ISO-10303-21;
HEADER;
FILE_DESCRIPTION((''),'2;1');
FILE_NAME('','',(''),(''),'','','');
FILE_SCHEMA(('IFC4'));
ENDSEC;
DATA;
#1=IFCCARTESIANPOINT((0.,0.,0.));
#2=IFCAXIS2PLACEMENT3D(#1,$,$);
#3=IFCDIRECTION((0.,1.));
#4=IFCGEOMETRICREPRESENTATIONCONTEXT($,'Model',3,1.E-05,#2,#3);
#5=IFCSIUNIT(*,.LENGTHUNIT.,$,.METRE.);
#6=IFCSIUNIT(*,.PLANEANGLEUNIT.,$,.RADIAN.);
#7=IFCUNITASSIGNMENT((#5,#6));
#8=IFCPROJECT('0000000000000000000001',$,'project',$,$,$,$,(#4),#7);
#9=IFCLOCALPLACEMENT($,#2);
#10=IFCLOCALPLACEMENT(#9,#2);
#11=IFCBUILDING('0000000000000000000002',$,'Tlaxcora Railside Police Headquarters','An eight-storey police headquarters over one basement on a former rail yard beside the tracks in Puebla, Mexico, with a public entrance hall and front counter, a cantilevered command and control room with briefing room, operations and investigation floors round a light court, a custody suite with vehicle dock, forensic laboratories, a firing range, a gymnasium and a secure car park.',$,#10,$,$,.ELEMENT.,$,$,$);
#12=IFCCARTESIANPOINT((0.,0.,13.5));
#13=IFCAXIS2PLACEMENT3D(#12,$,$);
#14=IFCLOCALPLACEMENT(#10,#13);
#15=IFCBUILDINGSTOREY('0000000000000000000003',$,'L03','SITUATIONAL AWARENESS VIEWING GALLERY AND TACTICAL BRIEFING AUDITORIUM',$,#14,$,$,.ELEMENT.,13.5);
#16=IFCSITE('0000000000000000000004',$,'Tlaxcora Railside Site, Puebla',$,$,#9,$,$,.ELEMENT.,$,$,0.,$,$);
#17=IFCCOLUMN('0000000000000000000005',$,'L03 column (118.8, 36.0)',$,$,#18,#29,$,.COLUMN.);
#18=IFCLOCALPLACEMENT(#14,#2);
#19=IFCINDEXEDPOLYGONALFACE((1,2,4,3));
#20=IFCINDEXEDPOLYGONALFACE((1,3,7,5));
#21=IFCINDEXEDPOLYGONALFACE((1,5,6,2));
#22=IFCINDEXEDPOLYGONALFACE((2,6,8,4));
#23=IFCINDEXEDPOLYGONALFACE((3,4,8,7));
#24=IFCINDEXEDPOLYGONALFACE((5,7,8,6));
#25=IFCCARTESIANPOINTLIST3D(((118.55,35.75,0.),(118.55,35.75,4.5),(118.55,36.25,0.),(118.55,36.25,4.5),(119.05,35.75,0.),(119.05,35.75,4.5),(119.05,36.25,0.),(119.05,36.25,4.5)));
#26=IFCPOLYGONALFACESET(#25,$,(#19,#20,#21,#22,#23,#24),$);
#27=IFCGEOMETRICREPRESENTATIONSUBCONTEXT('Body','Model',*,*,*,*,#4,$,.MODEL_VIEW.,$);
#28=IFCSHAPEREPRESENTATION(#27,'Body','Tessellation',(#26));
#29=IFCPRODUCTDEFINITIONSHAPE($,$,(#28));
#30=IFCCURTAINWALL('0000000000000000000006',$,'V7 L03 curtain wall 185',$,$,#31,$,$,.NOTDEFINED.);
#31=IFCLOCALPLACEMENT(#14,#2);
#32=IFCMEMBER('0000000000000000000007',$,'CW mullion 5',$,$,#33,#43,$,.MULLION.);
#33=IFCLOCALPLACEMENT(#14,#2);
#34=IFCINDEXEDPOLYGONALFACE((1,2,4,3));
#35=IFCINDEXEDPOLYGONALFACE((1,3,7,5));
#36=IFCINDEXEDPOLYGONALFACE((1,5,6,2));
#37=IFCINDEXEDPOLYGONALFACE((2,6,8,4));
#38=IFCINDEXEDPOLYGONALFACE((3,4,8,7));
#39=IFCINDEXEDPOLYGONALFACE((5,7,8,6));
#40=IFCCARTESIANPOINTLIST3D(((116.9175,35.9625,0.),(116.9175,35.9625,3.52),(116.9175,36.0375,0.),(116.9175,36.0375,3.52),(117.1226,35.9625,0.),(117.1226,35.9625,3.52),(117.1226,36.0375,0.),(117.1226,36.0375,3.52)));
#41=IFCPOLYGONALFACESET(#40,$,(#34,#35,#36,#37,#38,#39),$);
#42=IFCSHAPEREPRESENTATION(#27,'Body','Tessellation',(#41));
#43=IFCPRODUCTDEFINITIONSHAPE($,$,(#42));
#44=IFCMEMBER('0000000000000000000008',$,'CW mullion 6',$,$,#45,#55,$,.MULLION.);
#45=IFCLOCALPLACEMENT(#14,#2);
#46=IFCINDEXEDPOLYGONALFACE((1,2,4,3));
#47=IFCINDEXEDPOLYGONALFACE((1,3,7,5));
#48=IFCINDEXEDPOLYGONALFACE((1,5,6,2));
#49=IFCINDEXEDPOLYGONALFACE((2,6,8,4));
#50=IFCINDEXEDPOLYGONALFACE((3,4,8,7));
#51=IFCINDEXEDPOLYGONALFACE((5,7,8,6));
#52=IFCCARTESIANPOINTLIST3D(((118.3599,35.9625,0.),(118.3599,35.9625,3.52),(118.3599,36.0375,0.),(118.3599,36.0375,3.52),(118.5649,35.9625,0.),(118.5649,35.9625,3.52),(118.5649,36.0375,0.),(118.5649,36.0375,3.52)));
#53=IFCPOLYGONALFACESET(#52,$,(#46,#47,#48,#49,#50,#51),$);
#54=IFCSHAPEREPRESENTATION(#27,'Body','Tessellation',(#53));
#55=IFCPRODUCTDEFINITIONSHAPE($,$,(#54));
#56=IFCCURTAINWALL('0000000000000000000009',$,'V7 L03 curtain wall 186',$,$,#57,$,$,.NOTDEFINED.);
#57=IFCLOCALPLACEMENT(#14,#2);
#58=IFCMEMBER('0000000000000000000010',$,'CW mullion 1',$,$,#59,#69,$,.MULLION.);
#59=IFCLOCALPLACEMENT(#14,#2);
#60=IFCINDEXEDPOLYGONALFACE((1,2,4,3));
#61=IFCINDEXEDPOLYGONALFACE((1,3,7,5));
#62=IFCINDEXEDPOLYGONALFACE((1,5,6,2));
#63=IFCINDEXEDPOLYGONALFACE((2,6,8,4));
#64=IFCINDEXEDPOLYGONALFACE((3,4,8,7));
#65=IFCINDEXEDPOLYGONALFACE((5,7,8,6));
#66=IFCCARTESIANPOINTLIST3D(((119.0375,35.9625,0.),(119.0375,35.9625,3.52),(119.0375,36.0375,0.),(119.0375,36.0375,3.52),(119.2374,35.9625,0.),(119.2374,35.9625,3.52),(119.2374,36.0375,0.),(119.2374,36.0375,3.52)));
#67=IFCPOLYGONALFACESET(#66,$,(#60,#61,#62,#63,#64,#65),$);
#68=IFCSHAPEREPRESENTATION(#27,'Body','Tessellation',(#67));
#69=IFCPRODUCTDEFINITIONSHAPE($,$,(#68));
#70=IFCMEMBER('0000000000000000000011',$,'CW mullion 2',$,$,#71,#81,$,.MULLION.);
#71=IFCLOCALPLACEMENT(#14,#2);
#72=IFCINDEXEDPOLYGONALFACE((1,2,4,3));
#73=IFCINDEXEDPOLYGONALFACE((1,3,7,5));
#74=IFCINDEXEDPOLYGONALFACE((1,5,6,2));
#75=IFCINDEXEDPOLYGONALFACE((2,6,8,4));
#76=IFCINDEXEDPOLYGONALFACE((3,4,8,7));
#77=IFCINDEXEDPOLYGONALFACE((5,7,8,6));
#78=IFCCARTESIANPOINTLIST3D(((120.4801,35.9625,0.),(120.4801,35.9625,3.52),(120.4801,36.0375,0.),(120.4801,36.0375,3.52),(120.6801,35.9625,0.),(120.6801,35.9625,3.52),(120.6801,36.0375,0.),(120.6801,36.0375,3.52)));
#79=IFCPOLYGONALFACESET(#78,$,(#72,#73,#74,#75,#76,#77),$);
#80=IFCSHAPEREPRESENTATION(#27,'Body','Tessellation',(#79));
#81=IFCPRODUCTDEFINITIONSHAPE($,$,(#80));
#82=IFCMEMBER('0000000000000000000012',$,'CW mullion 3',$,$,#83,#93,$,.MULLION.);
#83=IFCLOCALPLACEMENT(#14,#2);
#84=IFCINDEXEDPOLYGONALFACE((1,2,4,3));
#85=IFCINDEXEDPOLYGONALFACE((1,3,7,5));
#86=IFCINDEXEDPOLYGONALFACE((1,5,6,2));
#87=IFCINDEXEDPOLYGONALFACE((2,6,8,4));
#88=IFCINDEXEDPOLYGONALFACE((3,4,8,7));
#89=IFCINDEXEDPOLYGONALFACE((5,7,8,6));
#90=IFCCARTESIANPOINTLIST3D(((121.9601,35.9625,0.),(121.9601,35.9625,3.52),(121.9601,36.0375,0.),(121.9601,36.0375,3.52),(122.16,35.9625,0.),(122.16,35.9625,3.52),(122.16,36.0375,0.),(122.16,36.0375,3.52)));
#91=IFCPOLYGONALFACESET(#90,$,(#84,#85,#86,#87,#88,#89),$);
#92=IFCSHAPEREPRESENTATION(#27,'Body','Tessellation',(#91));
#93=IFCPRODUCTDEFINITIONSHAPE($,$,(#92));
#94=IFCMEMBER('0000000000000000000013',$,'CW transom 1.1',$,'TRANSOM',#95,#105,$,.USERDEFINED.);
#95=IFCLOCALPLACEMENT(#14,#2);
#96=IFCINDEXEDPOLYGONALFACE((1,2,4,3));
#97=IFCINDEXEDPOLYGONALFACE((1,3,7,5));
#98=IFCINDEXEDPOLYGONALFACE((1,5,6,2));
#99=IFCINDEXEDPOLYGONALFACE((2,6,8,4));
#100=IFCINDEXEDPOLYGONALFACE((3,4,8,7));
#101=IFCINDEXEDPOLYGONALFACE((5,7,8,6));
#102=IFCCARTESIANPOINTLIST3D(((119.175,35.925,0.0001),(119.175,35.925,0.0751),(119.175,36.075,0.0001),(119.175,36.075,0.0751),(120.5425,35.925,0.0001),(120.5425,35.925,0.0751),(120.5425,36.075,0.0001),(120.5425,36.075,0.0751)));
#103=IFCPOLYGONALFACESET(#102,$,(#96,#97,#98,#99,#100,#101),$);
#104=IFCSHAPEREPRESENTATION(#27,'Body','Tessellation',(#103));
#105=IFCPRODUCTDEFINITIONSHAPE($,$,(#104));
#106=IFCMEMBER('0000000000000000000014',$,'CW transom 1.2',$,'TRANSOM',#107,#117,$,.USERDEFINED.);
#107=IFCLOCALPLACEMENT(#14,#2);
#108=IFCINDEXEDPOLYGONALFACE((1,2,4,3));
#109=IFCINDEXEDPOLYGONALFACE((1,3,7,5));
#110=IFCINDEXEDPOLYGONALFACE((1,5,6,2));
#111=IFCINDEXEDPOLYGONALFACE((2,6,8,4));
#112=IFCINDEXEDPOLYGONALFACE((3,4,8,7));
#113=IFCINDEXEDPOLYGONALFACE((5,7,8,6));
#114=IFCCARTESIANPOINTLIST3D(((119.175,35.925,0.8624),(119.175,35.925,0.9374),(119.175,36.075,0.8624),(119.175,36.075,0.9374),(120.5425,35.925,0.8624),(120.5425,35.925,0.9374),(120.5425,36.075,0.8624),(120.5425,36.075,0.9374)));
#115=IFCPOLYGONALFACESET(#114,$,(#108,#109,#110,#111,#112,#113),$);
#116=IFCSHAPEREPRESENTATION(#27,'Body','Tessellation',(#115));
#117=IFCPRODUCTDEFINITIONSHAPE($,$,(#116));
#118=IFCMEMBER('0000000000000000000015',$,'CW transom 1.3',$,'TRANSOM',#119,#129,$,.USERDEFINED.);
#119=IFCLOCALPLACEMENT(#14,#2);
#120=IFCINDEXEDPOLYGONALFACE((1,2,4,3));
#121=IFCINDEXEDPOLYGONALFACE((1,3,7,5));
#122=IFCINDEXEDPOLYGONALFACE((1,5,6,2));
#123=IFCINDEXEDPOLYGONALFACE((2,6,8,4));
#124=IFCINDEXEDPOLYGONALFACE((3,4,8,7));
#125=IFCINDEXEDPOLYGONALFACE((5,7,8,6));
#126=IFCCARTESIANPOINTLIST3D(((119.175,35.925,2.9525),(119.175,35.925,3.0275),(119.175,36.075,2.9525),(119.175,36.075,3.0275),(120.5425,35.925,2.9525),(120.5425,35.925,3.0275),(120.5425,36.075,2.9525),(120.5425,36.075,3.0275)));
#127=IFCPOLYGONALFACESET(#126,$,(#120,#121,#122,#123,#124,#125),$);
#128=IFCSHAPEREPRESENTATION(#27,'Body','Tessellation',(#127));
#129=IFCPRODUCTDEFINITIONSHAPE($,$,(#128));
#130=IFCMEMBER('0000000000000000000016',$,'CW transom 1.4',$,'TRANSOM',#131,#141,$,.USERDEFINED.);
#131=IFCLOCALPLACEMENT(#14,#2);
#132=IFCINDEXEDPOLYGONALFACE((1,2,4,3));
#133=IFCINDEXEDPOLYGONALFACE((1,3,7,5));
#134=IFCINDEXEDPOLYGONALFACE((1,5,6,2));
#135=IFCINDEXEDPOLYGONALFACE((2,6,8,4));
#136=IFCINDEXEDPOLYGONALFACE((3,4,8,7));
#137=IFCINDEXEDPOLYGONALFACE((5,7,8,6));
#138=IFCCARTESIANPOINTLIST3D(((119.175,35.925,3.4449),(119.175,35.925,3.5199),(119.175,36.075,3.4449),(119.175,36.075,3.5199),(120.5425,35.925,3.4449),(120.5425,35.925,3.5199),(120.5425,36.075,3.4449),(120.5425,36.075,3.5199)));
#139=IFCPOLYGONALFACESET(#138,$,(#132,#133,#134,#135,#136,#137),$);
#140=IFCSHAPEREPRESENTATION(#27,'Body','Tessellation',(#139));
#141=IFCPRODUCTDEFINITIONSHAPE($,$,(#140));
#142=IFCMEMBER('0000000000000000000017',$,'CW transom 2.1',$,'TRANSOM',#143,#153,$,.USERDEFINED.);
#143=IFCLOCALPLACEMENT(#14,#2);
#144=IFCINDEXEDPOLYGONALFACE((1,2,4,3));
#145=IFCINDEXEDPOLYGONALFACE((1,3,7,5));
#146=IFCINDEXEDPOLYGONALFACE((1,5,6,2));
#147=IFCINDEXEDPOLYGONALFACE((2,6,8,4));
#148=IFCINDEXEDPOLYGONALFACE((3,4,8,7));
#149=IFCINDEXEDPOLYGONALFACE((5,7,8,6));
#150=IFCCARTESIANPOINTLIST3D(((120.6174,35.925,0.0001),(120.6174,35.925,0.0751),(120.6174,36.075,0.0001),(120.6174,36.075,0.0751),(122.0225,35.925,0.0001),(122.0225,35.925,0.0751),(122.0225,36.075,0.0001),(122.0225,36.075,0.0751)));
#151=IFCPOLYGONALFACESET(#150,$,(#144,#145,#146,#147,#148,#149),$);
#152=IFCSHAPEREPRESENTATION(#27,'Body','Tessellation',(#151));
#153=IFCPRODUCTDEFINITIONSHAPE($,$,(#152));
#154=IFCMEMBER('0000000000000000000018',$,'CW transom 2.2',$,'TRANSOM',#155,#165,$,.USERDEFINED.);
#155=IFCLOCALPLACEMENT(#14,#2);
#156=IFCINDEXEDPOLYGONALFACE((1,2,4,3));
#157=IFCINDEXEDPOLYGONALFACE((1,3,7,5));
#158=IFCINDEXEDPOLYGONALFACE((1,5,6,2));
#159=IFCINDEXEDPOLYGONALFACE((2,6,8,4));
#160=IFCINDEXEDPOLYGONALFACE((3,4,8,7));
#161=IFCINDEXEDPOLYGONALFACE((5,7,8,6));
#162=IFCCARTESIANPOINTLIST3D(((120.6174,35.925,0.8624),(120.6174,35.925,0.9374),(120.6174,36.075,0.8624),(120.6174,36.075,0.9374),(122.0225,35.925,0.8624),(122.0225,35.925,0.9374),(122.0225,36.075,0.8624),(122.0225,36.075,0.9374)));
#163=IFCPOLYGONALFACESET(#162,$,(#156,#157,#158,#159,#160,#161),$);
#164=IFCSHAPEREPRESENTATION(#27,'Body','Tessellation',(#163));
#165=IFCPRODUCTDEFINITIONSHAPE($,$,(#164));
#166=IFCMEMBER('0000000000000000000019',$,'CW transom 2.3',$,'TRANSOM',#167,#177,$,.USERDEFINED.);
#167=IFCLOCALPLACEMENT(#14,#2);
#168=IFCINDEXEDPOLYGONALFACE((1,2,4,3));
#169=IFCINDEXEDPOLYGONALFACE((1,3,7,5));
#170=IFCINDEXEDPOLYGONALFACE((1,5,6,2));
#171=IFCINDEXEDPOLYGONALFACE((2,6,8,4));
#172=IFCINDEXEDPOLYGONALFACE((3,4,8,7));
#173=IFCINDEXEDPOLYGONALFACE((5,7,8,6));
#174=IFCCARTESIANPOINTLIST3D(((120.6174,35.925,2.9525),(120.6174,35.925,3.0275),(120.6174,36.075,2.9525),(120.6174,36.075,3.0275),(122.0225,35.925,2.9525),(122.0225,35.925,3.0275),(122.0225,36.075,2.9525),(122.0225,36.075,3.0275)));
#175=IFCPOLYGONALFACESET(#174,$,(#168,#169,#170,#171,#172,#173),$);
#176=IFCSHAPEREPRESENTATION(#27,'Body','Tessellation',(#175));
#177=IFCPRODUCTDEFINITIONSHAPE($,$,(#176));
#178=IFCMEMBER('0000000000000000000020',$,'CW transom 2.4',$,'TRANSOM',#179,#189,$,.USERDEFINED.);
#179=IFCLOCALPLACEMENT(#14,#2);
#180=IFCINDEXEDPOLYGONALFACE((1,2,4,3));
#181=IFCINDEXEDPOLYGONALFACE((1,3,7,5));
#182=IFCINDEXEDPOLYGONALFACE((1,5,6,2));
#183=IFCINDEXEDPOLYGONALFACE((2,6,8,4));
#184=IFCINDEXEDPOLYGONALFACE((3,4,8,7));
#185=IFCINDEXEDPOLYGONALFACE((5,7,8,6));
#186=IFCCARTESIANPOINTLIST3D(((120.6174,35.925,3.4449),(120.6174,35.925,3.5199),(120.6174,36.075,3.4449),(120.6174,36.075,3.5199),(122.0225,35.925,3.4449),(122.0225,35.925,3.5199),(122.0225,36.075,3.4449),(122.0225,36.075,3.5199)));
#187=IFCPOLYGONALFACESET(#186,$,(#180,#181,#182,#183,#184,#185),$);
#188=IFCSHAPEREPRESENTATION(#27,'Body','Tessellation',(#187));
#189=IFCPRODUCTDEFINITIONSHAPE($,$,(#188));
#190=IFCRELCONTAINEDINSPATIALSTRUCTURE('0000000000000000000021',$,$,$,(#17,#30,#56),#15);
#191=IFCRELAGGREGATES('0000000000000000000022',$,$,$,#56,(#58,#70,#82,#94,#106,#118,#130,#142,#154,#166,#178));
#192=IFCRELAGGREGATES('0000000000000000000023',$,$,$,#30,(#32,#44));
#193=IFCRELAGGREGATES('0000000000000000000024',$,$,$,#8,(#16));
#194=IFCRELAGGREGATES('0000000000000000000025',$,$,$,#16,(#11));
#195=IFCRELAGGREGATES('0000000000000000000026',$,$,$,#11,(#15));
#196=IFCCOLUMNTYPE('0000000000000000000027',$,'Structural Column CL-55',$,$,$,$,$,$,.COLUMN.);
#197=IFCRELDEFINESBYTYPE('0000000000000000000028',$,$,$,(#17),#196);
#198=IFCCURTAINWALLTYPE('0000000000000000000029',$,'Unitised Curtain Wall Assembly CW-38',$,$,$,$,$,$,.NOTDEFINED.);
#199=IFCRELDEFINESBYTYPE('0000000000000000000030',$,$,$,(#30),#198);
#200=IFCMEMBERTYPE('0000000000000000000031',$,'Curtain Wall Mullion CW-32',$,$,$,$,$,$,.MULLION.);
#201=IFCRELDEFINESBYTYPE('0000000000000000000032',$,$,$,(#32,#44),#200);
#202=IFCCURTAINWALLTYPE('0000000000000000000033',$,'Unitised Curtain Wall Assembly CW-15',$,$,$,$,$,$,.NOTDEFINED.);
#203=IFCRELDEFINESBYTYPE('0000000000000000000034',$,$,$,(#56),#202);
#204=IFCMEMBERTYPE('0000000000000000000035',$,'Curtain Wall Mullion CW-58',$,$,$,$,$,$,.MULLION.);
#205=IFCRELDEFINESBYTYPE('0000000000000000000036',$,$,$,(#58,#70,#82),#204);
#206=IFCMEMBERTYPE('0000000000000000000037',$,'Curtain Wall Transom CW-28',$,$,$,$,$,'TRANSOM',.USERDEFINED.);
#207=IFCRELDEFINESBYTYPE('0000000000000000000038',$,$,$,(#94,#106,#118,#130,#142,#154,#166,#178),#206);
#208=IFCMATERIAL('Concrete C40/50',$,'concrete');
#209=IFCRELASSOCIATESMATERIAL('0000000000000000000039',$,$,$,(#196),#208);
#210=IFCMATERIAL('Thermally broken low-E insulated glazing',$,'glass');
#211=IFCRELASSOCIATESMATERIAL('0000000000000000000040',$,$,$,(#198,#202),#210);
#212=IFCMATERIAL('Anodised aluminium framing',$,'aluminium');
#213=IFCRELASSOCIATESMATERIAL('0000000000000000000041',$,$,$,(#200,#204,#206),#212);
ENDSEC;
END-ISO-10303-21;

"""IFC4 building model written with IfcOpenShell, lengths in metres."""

from ifc_helpers import new_model, si_unit, direction, frame, origin, origin_2d, place, context, subcontext, project, spatial, rectangle, extrude, material, material_profile, profile_set, type_object, element, aggregate, save


model = new_model("IFC4")

# Units and contexts
model_context = context("Model", 3, precision=1e-05, world=origin(), true_north=direction((0.0, 1.0)))
body_context = subcontext(model_context, "Body", "Model", "MODEL_VIEW")
ifc_project = project(units=[si_unit("LENGTHUNIT", "METRE"), si_unit("PLANEANGLEUNIT", "RADIAN")], contexts=[model_context])

# Site, building, storey
site_placement = place(None, origin())
site = spatial("IfcSite", under=ifc_project, at=site_placement, Name="Tlaxcora Railside Site, Puebla", CompositionType="ELEMENT", RefElevation=0.0)
building_placement = place(site_placement, origin())
building = spatial("IfcBuilding", under=site, at=building_placement, Name="Tlaxcora Railside Police Headquarters", Description="An eight-storey police headquarters over one basement on a former rail yard beside the tracks in Puebla, Mexico, with a public entrance hall and front counter, a cantilevered command and control room with briefing room, operations and investigation floors round a light court, a custody suite with vehicle dock, forensic laboratories, a firing range, a gymnasium and a secure car park.", CompositionType="ELEMENT")
storey_placement = place(building_placement, frame((0.0, 0.0, 13.5)))
storey = spatial("IfcBuildingStorey", under=building, at=storey_placement, Name="L03", Description="SITUATIONAL AWARENESS VIEWING GALLERY AND TACTICAL BRIEFING AUDITORIUM", CompositionType="ELEMENT", Elevation=13.5)

# Column
ifc_material_1 = material(Name="Concrete C40/50", Category="concrete")
ifc_material_profile_1 = material_profile(ifc_material_1, rectangle(XDim=0.5, YDim=0.5, at=origin_2d()), Name="RC500X500")
ifc_profile_set_1 = profile_set([ifc_material_profile_1], Name="Concrete C40/50")
column_type = type_object("IfcColumnType", Name="Structural Column CL-55", PredefinedType="COLUMN", material=ifc_profile_set_1)
column_placement = place(storey_placement, frame((118.8, 36.0, 0.0), z_axis=(0.0, 0.0, 1.0), x_axis=(1.0, 0.0, 0.0)))
element("IfcColumn", 1, at=column_placement, inside=storey, type_object=column_type, Name="L03 column (118.8, 36.0)", PredefinedType="COLUMN", context=body_context, shape_type="SweptSolid", body=[
    extrude(rectangle(XDim=0.5, YDim=0.5, at=origin_2d()), origin(), (0.0, 0.0, 1.0), 4.5),
])

# Curtain walls, members
ifc_material_2 = material(Name="Thermally broken low-E insulated glazing", Category="glass")
curtain_wall_type_1 = type_object("IfcCurtainWallType", Name="Unitised Curtain Wall Assembly CW-38", PredefinedType="NOTDEFINED", material=ifc_material_2)
curtain_wall_1_placement = place(storey_placement, origin())
curtain_wall_1 = element("IfcCurtainWall", 2, at=curtain_wall_1_placement, inside=storey, type_object=curtain_wall_type_1, Name="V7 L03 curtain wall 185", PredefinedType="NOTDEFINED")
ifc_material_3 = material(Name="Anodised aluminium framing", Category="aluminium")
ifc_material_profile_2 = material_profile(ifc_material_3, rectangle(XDim=0.075, YDim=0.2051, at=origin_2d()), Name="AL75X205")
ifc_profile_set_2 = profile_set([ifc_material_profile_2], Name="Anodised aluminium framing")
member_type_1 = type_object("IfcMemberType", Name="Curtain Wall Mullion CW-32", PredefinedType="MULLION", material=ifc_profile_set_2)
member_1_placement = place(storey_placement, frame((117.02, 36.0, 0.0), z_axis=(0.0, 0.0, 1.0), x_axis=(0.0, 1.0, 0.0)))
member_1 = element("IfcMember", 3, at=member_1_placement, type_object=member_type_1, Name="CW mullion 5", PredefinedType="MULLION", context=body_context, shape_type="SweptSolid", body=[
    extrude(rectangle(XDim=0.075, YDim=0.2051, at=origin_2d()), origin(), (0.0, 0.0, 1.0), 3.52),
])
member_2_placement = place(storey_placement, frame((118.4624, 36.0, 0.0), z_axis=(0.0, 0.0, 1.0), x_axis=(0.0, 1.0, 0.0)))
member_2 = element("IfcMember", 4, at=member_2_placement, type_object=member_type_1, Name="CW mullion 6", PredefinedType="MULLION", context=body_context, shape_type="SweptSolid", body=[
    extrude(rectangle(XDim=0.075, YDim=0.2051, at=origin_2d()), origin(), (0.0, 0.0, 1.0), 3.52),
])
curtain_wall_type_2 = type_object("IfcCurtainWallType", Name="Unitised Curtain Wall Assembly CW-15", PredefinedType="NOTDEFINED", material=ifc_material_2)
curtain_wall_2_placement = place(storey_placement, origin())
curtain_wall_2 = element("IfcCurtainWall", 5, at=curtain_wall_2_placement, inside=storey, type_object=curtain_wall_type_2, Name="V7 L03 curtain wall 186", PredefinedType="NOTDEFINED")
ifc_material_profile_3 = material_profile(ifc_material_3, rectangle(XDim=0.075, YDim=0.2, at=origin_2d()), Name="AL75X200")
ifc_profile_set_3 = profile_set([ifc_material_profile_3], Name="Anodised aluminium framing")
member_type_2 = type_object("IfcMemberType", Name="Curtain Wall Mullion CW-58", PredefinedType="MULLION", material=ifc_profile_set_3)
member_3_placement = place(storey_placement, frame((119.1375, 36.0, 0.0), z_axis=(0.0, 0.0, 1.0), x_axis=(0.0, 1.0, 0.0)))
member_3 = element("IfcMember", 6, at=member_3_placement, type_object=member_type_2, Name="CW mullion 1", PredefinedType="MULLION", context=body_context, shape_type="SweptSolid", body=[
    extrude(rectangle(XDim=0.075, YDim=0.2, at=origin_2d()), origin(), (0.0, 0.0, 1.0), 3.52),
])
member_4_placement = place(storey_placement, frame((120.5801, 36.0, 0.0), z_axis=(0.0, 0.0, 1.0), x_axis=(0.0, 1.0, 0.0)))
member_4 = element("IfcMember", 7, at=member_4_placement, type_object=member_type_2, Name="CW mullion 2", PredefinedType="MULLION", context=body_context, shape_type="SweptSolid", body=[
    extrude(rectangle(XDim=0.075, YDim=0.2, at=origin_2d()), origin(), (0.0, 0.0, 1.0), 3.52),
])
member_5_placement = place(storey_placement, frame((122.0601, 36.0, 0.0), z_axis=(0.0, 0.0, 1.0), x_axis=(0.0, 1.0, 0.0)))
member_5 = element("IfcMember", 8, at=member_5_placement, type_object=member_type_2, Name="CW mullion 3", PredefinedType="MULLION", context=body_context, shape_type="SweptSolid", body=[
    extrude(rectangle(XDim=0.075, YDim=0.2, at=origin_2d()), origin(), (0.0, 0.0, 1.0), 3.52),
])
ifc_material_profile_4 = material_profile(ifc_material_3, rectangle(XDim=0.1499, YDim=0.075, at=origin_2d()), Name="AL75X150")
ifc_profile_set_4 = profile_set([ifc_material_profile_4], Name="Anodised aluminium framing")
member_type_3 = type_object("IfcMemberType", Name="Curtain Wall Transom CW-28", ElementType="TRANSOM", PredefinedType="USERDEFINED", material=ifc_profile_set_4)
member_6_placement = place(storey_placement, frame((119.175, 36.0, 0.0376), z_axis=(1.0, 0.0, 0.0), x_axis=(0.0, 1.0, 0.0)))
member_6 = element("IfcMember", 9, at=member_6_placement, type_object=member_type_3, Name="CW transom 1.1", ObjectType="TRANSOM", PredefinedType="USERDEFINED", context=body_context, shape_type="SweptSolid", body=[
    extrude(rectangle(XDim=0.1499, YDim=0.075, at=origin_2d()), origin(), (0.0, 0.0, 1.0), 1.3674),
])
member_7_placement = place(storey_placement, frame((119.175, 36.0, 0.8999), z_axis=(1.0, 0.0, 0.0), x_axis=(0.0, 1.0, 0.0)))
member_7 = element("IfcMember", 10, at=member_7_placement, type_object=member_type_3, Name="CW transom 1.2", ObjectType="TRANSOM", PredefinedType="USERDEFINED", context=body_context, shape_type="SweptSolid", body=[
    extrude(rectangle(XDim=0.1499, YDim=0.075, at=origin_2d()), origin(), (0.0, 0.0, 1.0), 1.3674),
])
member_8_placement = place(storey_placement, frame((119.175, 36.0, 2.99), z_axis=(1.0, 0.0, 0.0), x_axis=(0.0, 1.0, 0.0)))
member_8 = element("IfcMember", 11, at=member_8_placement, type_object=member_type_3, Name="CW transom 1.3", ObjectType="TRANSOM", PredefinedType="USERDEFINED", context=body_context, shape_type="SweptSolid", body=[
    extrude(rectangle(XDim=0.1499, YDim=0.075, at=origin_2d()), origin(), (0.0, 0.0, 1.0), 1.3674),
])
member_9_placement = place(storey_placement, frame((119.175, 36.0, 3.4824), z_axis=(1.0, 0.0, 0.0), x_axis=(0.0, 1.0, 0.0)))
member_9 = element("IfcMember", 12, at=member_9_placement, type_object=member_type_3, Name="CW transom 1.4", ObjectType="TRANSOM", PredefinedType="USERDEFINED", context=body_context, shape_type="SweptSolid", body=[
    extrude(rectangle(XDim=0.1499, YDim=0.075, at=origin_2d()), origin(), (0.0, 0.0, 1.0), 1.3674),
])
member_10_placement = place(storey_placement, frame((120.6174, 36.0, 0.0376), z_axis=(1.0, 0.0, 0.0), x_axis=(0.0, 1.0, 0.0)))
member_10 = element("IfcMember", 13, at=member_10_placement, type_object=member_type_3, Name="CW transom 2.1", ObjectType="TRANSOM", PredefinedType="USERDEFINED", context=body_context, shape_type="SweptSolid", body=[
    extrude(rectangle(XDim=0.1499, YDim=0.075, at=origin_2d()), origin(), (0.0, 0.0, 1.0), 1.405),
])
member_11_placement = place(storey_placement, frame((120.6174, 36.0, 0.8999), z_axis=(1.0, 0.0, 0.0), x_axis=(0.0, 1.0, 0.0)))
member_11 = element("IfcMember", 14, at=member_11_placement, type_object=member_type_3, Name="CW transom 2.2", ObjectType="TRANSOM", PredefinedType="USERDEFINED", context=body_context, shape_type="SweptSolid", body=[
    extrude(rectangle(XDim=0.1499, YDim=0.075, at=origin_2d()), origin(), (0.0, 0.0, 1.0), 1.405),
])
member_12_placement = place(storey_placement, frame((120.6174, 36.0, 2.99), z_axis=(1.0, 0.0, 0.0), x_axis=(0.0, 1.0, 0.0)))
member_12 = element("IfcMember", 15, at=member_12_placement, type_object=member_type_3, Name="CW transom 2.3", ObjectType="TRANSOM", PredefinedType="USERDEFINED", context=body_context, shape_type="SweptSolid", body=[
    extrude(rectangle(XDim=0.1499, YDim=0.075, at=origin_2d()), origin(), (0.0, 0.0, 1.0), 1.405),
])
member_13_placement = place(storey_placement, frame((120.6174, 36.0, 3.4824), z_axis=(1.0, 0.0, 0.0), x_axis=(0.0, 1.0, 0.0)))
member_13 = element("IfcMember", 16, at=member_13_placement, type_object=member_type_3, Name="CW transom 2.4", ObjectType="TRANSOM", PredefinedType="USERDEFINED", context=body_context, shape_type="SweptSolid", body=[
    extrude(rectangle(XDim=0.1499, YDim=0.075, at=origin_2d()), origin(), (0.0, 0.0, 1.0), 1.405),
])

aggregate(curtain_wall_2, [member_3, member_4, member_5, member_6, member_7, member_8, member_9, member_10, member_11, member_12, member_13])
aggregate(curtain_wall_1, [member_1, member_2])

save(model, "model.ifc")
